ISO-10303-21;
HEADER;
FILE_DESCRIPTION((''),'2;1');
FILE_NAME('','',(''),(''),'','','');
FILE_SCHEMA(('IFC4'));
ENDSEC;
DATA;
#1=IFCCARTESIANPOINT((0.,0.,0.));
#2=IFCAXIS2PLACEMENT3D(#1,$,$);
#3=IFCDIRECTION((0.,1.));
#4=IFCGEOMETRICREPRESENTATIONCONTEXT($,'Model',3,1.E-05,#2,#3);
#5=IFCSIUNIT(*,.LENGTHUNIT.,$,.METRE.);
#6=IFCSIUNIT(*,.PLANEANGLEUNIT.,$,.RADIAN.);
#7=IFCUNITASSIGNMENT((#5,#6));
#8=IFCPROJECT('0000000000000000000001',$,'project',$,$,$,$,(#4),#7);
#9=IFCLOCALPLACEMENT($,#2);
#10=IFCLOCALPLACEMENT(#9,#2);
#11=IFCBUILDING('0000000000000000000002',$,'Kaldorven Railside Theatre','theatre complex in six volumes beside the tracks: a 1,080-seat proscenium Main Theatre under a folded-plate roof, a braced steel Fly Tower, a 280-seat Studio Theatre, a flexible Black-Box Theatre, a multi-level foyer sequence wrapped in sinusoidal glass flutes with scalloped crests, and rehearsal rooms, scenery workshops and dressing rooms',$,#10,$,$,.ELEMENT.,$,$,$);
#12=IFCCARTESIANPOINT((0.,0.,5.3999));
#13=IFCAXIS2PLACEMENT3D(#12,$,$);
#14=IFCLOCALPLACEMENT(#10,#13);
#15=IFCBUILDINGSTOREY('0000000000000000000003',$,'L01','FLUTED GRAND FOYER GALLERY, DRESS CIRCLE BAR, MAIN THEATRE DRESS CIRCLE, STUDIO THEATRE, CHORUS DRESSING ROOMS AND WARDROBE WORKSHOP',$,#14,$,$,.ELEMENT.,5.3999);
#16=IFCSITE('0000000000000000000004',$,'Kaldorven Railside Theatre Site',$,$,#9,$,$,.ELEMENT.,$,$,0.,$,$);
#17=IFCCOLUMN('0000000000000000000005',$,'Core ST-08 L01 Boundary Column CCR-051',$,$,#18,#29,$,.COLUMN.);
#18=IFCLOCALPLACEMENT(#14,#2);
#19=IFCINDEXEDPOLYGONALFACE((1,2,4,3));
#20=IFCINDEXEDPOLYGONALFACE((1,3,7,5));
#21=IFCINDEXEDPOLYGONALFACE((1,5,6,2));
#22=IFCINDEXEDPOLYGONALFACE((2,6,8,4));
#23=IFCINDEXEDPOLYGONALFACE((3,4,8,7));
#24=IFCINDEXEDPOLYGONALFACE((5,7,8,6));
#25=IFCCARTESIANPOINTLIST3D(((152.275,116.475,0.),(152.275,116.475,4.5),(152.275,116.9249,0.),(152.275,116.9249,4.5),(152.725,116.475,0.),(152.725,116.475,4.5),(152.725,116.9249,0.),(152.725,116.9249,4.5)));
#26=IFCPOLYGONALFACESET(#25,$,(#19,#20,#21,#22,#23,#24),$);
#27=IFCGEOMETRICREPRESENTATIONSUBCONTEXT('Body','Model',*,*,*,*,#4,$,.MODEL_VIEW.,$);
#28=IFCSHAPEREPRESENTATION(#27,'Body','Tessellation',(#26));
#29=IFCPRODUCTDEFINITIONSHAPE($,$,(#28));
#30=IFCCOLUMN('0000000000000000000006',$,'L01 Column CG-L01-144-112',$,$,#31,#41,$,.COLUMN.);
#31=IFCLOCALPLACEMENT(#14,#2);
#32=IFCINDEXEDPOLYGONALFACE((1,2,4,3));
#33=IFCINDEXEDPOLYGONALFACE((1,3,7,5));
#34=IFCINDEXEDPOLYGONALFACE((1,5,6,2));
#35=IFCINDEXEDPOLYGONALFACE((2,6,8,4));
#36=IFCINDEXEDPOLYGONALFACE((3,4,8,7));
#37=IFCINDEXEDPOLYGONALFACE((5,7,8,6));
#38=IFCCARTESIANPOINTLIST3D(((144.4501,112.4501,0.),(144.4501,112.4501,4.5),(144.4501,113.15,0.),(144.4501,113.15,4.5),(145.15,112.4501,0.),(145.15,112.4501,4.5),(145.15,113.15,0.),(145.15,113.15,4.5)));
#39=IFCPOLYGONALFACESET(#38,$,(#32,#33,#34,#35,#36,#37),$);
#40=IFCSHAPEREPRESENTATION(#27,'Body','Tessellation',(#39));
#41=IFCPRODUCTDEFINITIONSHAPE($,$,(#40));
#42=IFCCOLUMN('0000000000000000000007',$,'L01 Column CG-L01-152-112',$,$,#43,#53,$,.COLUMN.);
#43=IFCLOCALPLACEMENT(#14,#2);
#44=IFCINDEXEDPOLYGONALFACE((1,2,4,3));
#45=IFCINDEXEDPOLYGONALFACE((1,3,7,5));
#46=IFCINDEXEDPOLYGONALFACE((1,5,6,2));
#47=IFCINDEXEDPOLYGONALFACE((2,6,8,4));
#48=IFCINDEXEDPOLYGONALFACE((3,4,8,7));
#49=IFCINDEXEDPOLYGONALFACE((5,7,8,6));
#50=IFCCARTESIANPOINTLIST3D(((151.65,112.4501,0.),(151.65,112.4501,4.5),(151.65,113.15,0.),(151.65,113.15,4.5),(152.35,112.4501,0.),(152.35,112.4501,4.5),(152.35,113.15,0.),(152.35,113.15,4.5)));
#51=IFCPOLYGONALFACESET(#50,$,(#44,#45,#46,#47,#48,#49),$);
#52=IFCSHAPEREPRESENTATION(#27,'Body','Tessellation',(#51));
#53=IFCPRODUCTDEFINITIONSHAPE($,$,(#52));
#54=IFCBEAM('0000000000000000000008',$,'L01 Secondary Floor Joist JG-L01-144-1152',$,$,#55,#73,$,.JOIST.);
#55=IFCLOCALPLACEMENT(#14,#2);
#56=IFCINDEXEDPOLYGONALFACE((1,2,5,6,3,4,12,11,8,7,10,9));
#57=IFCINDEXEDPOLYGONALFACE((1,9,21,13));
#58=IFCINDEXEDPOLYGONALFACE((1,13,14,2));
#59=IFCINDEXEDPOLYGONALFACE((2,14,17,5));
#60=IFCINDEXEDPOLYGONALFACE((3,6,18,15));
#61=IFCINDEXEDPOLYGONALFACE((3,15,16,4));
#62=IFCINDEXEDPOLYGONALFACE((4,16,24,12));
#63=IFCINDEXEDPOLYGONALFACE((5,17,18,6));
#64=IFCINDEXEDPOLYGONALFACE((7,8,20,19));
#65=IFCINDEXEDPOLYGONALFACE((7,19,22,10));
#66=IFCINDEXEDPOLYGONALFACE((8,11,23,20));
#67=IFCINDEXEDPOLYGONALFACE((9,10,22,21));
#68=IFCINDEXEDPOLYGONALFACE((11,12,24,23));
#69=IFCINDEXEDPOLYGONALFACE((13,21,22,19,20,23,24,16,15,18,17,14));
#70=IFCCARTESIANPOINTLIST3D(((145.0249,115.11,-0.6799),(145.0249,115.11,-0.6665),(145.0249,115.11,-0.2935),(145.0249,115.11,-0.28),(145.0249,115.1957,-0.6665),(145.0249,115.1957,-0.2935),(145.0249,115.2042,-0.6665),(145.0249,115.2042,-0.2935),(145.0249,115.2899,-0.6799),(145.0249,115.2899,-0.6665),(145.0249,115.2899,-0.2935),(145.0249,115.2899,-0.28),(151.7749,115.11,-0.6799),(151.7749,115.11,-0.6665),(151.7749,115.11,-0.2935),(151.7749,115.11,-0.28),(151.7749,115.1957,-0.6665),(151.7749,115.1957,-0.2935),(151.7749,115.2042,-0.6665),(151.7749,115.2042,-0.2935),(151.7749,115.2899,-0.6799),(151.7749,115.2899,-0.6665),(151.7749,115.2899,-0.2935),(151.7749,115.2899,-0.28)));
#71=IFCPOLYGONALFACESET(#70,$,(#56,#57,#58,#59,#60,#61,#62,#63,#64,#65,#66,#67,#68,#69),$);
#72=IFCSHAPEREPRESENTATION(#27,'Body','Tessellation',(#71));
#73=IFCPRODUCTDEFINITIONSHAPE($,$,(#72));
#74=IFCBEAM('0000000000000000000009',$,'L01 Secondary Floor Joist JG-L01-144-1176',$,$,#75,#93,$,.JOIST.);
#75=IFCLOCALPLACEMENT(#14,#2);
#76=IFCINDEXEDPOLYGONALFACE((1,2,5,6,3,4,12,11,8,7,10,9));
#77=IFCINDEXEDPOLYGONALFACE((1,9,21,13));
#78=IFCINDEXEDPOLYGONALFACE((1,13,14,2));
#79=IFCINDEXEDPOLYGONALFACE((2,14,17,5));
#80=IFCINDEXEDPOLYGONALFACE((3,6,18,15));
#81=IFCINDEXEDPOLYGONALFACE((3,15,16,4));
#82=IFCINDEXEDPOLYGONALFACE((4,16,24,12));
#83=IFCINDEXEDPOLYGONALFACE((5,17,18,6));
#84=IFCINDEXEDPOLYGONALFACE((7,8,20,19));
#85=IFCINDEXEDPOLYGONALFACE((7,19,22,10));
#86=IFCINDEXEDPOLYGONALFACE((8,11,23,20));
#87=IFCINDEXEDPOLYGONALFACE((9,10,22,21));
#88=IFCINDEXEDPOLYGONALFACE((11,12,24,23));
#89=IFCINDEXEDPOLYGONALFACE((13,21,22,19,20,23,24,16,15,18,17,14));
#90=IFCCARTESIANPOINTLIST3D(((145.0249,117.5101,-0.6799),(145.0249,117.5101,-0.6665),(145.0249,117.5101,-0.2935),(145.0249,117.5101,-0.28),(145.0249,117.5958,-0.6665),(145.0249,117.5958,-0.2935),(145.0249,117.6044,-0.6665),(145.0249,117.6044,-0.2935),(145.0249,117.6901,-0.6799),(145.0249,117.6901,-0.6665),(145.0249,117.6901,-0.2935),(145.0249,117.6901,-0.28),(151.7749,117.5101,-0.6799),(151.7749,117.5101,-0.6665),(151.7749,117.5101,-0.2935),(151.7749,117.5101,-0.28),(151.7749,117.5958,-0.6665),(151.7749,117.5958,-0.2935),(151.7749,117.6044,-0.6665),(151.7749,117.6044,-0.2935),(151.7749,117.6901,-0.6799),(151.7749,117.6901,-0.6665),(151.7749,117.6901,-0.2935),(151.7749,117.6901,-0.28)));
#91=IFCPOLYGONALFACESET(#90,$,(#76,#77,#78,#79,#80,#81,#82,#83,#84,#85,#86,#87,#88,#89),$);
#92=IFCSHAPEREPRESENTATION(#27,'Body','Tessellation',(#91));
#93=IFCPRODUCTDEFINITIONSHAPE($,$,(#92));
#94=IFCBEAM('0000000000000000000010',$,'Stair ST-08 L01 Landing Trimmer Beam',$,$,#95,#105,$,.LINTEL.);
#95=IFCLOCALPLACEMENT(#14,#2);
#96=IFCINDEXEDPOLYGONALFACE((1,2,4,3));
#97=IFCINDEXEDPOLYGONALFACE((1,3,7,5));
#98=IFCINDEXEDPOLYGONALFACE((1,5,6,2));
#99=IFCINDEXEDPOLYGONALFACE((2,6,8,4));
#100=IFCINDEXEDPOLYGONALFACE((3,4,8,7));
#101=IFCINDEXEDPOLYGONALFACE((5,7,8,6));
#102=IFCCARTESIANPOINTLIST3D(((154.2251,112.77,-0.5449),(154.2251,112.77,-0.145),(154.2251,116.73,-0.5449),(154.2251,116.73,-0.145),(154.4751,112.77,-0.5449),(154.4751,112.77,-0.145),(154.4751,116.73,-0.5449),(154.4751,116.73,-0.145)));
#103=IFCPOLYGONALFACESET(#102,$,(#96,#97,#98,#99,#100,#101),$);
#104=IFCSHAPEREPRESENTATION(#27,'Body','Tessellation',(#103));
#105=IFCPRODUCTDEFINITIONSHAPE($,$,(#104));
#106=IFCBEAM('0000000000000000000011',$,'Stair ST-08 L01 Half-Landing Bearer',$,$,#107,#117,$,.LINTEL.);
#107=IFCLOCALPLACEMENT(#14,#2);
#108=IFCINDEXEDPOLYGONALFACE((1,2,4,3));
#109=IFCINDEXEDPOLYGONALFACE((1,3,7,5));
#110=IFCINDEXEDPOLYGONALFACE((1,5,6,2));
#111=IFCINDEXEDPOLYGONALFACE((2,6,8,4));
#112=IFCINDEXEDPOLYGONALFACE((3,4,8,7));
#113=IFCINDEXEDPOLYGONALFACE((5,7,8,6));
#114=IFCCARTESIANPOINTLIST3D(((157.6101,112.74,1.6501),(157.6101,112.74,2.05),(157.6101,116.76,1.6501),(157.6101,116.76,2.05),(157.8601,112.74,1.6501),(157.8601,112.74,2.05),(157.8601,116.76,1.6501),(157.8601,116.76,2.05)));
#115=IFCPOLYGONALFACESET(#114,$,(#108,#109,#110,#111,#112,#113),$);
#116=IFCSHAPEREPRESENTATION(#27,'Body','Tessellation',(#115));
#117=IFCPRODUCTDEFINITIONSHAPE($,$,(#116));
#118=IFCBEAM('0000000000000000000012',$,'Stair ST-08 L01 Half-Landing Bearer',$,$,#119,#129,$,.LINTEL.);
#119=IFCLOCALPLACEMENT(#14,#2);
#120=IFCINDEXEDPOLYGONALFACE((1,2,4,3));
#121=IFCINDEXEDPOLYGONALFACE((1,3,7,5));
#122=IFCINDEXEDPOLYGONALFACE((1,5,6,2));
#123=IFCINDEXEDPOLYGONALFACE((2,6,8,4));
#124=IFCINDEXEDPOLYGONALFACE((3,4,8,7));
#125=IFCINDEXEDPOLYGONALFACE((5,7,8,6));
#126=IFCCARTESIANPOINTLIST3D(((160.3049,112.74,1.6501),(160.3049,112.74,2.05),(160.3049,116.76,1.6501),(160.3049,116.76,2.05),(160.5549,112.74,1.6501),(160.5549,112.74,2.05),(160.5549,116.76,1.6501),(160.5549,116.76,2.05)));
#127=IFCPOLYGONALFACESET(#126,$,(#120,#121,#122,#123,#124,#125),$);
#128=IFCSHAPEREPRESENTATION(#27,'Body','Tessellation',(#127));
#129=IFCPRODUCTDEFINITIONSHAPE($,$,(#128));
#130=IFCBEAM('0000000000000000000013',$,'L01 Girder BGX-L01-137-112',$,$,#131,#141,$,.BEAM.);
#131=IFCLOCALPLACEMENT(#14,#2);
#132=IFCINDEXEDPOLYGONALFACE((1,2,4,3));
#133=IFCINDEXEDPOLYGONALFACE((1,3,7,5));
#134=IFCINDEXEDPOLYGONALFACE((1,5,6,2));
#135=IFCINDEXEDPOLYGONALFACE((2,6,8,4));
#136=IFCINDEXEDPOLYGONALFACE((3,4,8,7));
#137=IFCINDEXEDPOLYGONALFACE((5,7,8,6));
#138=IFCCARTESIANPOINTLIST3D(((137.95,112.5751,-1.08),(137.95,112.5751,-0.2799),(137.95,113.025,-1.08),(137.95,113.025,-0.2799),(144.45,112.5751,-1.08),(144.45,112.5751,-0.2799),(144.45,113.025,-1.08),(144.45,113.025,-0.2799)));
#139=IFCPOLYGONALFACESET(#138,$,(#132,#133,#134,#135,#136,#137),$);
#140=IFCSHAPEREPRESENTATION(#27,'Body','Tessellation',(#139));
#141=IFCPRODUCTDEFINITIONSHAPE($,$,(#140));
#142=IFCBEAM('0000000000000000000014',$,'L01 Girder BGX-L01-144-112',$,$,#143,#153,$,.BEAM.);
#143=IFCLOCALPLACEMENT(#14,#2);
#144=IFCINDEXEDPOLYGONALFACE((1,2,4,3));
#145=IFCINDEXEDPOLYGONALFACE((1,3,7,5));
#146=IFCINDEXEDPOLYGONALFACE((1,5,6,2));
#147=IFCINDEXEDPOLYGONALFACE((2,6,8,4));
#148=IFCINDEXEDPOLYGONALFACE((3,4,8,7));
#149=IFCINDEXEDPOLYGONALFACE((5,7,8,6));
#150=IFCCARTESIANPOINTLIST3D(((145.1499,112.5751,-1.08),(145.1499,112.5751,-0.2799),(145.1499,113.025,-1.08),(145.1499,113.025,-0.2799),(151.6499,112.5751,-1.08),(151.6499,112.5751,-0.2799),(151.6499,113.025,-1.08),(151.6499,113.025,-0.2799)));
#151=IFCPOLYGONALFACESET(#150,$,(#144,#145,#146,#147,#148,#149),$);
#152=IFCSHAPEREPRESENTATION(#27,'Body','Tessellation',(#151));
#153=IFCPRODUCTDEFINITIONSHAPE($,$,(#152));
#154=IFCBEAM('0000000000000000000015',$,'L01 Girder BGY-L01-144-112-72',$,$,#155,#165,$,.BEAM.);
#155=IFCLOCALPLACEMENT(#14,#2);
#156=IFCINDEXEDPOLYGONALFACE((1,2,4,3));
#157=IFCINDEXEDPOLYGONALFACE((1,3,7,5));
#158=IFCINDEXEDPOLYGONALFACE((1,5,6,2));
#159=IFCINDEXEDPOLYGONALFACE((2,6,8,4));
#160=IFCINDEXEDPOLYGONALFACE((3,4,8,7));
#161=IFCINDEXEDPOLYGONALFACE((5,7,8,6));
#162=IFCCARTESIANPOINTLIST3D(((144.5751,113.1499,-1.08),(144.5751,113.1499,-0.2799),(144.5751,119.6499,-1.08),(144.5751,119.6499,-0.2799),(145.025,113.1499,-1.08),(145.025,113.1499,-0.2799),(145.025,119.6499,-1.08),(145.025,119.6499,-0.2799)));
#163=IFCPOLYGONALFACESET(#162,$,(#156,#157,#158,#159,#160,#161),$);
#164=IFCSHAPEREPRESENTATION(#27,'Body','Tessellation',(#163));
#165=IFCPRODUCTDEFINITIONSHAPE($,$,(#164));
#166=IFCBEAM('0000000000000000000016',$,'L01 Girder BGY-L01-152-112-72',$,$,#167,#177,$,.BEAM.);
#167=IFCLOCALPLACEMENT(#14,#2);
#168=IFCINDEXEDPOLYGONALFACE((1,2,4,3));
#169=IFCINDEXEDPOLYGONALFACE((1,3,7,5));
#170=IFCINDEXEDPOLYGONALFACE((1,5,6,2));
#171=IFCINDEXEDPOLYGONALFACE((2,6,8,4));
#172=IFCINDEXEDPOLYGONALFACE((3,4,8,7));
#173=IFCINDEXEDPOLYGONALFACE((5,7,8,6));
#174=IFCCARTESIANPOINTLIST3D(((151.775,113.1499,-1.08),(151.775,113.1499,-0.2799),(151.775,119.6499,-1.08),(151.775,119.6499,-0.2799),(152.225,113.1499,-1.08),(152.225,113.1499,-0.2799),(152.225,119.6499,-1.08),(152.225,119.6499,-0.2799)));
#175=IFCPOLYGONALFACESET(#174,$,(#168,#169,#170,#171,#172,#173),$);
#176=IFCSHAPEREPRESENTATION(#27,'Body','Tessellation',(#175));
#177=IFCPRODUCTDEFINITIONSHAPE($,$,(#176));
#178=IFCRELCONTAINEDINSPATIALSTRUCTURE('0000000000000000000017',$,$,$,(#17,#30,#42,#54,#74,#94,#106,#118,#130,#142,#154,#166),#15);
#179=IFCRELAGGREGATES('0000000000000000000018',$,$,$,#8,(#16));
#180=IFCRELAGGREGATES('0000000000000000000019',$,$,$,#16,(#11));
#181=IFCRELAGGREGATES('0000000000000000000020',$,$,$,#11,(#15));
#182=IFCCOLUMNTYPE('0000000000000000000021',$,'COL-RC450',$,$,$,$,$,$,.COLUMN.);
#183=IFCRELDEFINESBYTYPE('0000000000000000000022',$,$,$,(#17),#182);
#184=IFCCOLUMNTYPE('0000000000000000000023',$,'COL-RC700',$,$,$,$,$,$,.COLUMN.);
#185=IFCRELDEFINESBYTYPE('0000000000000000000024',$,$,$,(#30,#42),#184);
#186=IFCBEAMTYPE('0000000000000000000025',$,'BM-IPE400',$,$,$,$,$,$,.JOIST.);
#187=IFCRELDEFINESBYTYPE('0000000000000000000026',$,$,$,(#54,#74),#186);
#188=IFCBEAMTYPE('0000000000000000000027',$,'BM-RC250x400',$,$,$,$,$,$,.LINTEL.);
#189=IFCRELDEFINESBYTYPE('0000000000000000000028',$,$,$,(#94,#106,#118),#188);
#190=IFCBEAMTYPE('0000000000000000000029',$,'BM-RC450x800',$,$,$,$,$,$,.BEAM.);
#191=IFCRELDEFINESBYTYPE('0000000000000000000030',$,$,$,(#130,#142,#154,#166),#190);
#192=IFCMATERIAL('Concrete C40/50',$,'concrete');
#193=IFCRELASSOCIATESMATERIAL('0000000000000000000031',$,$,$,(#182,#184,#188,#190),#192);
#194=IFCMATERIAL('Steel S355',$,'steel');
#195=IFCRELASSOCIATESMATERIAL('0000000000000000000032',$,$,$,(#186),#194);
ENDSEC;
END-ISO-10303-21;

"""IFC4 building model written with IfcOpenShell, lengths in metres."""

from ifc_helpers import new_model, si_unit, direction, frame, origin, origin_2d, place, context, subcontext, project, spatial, rectangle, i_section, extrude, material, material_profile, profile_set, type_object, element, save


model = new_model("IFC4")

# Units and contexts
model_context = context("Model", 3, precision=1e-05, world=origin(), true_north=direction((0.0, 1.0)))
body_context = subcontext(model_context, "Body", "Model", "MODEL_VIEW")
ifc_project = project(units=[si_unit("LENGTHUNIT", "METRE"), si_unit("PLANEANGLEUNIT", "RADIAN")], contexts=[model_context])

# Site, building, storey
site_placement = place(None, origin())
site = spatial("IfcSite", under=ifc_project, at=site_placement, Name="Kaldorven Railside Theatre Site", CompositionType="ELEMENT", RefElevation=0.0)
building_placement = place(site_placement, origin())
building = spatial("IfcBuilding", under=site, at=building_placement, Name="Kaldorven Railside Theatre", Description="theatre complex in six volumes beside the tracks: a 1,080-seat proscenium Main Theatre under a folded-plate roof, a braced steel Fly Tower, a 280-seat Studio Theatre, a flexible Black-Box Theatre, a multi-level foyer sequence wrapped in sinusoidal glass flutes with scalloped crests, and rehearsal rooms, scenery workshops and dressing rooms", CompositionType="ELEMENT")
storey_placement = place(building_placement, frame((0.0, 0.0, 5.3999)))
storey = spatial("IfcBuildingStorey", under=building, at=storey_placement, Name="L01", Description="FLUTED GRAND FOYER GALLERY, DRESS CIRCLE BAR, MAIN THEATRE DRESS CIRCLE, STUDIO THEATRE, CHORUS DRESSING ROOMS AND WARDROBE WORKSHOP", CompositionType="ELEMENT", Elevation=5.3999)

# Columns
ifc_material_1 = material(Name="Concrete C40/50", Category="concrete")
ifc_material_profile_1 = material_profile(ifc_material_1, rectangle(XDim=0.45, YDim=0.45, at=origin_2d()), Name="RC 450x450")
ifc_profile_set_1 = profile_set([ifc_material_profile_1], Name="Concrete C40/50")
column_type_1 = type_object("IfcColumnType", Name="COL-RC450", PredefinedType="COLUMN", material=ifc_profile_set_1)
column_placement = place(storey_placement, frame((152.5, 116.7, 0.0), z_axis=(0.0, 0.0, 1.0), x_axis=(1.0, 0.0, 0.0)))
element("IfcColumn", 1, at=column_placement, inside=storey, type_object=column_type_1, Name="Core ST-08 L01 Boundary Column CCR-051", PredefinedType="COLUMN", context=body_context, shape_type="SweptSolid", body=[
    extrude(rectangle(XDim=0.45, YDim=0.45, at=origin_2d()), origin(), (0.0, 0.0, 1.0), 4.5),
])
ifc_material_profile_2 = material_profile(ifc_material_1, rectangle(XDim=0.7, YDim=0.7, at=origin_2d()), Name="RC 700x700")
ifc_profile_set_2 = profile_set([ifc_material_profile_2], Name="Concrete C40/50")
column_type_2 = type_object("IfcColumnType", Name="COL-RC700", PredefinedType="COLUMN", material=ifc_profile_set_2)
for number, where, z_axis, x_axis, name in (
    (2, (144.8, 112.8, 0.0), (0.0, 0.0, 1.0), (0.0, 1.0, 0.0), "L01 Column CG-L01-144-112"),
    (3, (152.0, 112.8, 0.0), (0.0, 0.0, 1.0), (1.0, 0.0, 0.0), "L01 Column CG-L01-152-112"),
):
    element("IfcColumn", number, at=place(storey_placement, frame(where, z_axis=z_axis, x_axis=x_axis)), inside=storey, type_object=column_type_2, Name=name, PredefinedType="COLUMN", context=body_context, shape_type="SweptSolid", body=[
        extrude(rectangle(XDim=0.7, YDim=0.7, at=origin_2d()), origin(), (0.0, 0.0, 1.0), 4.5),
    ])

# Beams
ifc_material_2 = material(Name="Steel S355", Category="steel")
ifc_material_profile_3 = material_profile(ifc_material_2, i_section(OverallWidth=0.1799, OverallDepth=0.3999, WebThickness=0.0085, FlangeThickness=0.0134, at=origin_2d()), Name="IPE 400")
ifc_profile_set_3 = profile_set([ifc_material_profile_3], Name="Steel S355")
beam_type_1 = type_object("IfcBeamType", Name="BM-IPE400", PredefinedType="JOIST", material=ifc_profile_set_3)
for number, where, z_axis, x_axis, name in (
    (4, (145.0249, 115.2, -0.48), (1.0, 0.0, 0.0), (0.0, 1.0, 0.0), "L01 Secondary Floor Joist JG-L01-144-1152"),
    (5, (145.0249, 117.6001, -0.48), (1.0, 0.0, 0.0), (0.0, 1.0, 0.0), "L01 Secondary Floor Joist JG-L01-144-1176"),
):
    element("IfcBeam", number, at=place(storey_placement, frame(where, z_axis=z_axis, x_axis=x_axis)), inside=storey, type_object=beam_type_1, Name=name, PredefinedType="JOIST", context=body_context, shape_type="SweptSolid", body=[
        extrude(i_section(OverallWidth=0.1799, OverallDepth=0.3999, WebThickness=0.0085, FlangeThickness=0.0134, at=origin_2d()), origin(), (0.0, 0.0, 1.0), 6.75),
    ])
ifc_material_profile_4 = material_profile(ifc_material_1, rectangle(XDim=0.25, YDim=0.3999, at=origin_2d()), Name="RC 250x400")
ifc_profile_set_4 = profile_set([ifc_material_profile_4], Name="Concrete C40/50")
beam_type_2 = type_object("IfcBeamType", Name="BM-RC250x400", PredefinedType="LINTEL", material=ifc_profile_set_4)
beam_placement = place(storey_placement, frame((154.3501, 112.77, -0.345), z_axis=(0.0, 1.0, 0.0), x_axis=(-1.0, 0.0, 0.0)))
element("IfcBeam", 6, at=beam_placement, inside=storey, type_object=beam_type_2, Name="Stair ST-08 L01 Landing Trimmer Beam", PredefinedType="LINTEL", context=body_context, shape_type="SweptSolid", body=[
    extrude(rectangle(XDim=0.25, YDim=0.3999, at=origin_2d()), origin(), (0.0, 0.0, 1.0), 3.96),
])
for number, where, z_axis, x_axis, name in (
    (7, (157.7351, 112.74, 1.8501), (0.0, 1.0, 0.0), (-1.0, 0.0, 0.0), "Stair ST-08 L01 Half-Landing Bearer"),
    (8, (160.4299, 112.74, 1.8501), (0.0, 1.0, 0.0), (-1.0, 0.0, 0.0), "Stair ST-08 L01 Half-Landing Bearer"),
):
    element("IfcBeam", number, at=place(storey_placement, frame(where, z_axis=z_axis, x_axis=x_axis)), inside=storey, type_object=beam_type_2, Name=name, PredefinedType="LINTEL", context=body_context, shape_type="SweptSolid", body=[
        extrude(rectangle(XDim=0.25, YDim=0.3999, at=origin_2d()), origin(), (0.0, 0.0, 1.0), 4.02),
    ])
ifc_material_profile_5 = material_profile(ifc_material_1, rectangle(XDim=0.45, YDim=0.8, at=origin_2d()), Name="RC 450x800")
ifc_profile_set_5 = profile_set([ifc_material_profile_5], Name="Concrete C40/50")
beam_type_3 = type_object("IfcBeamType", Name="BM-RC450x800", PredefinedType="BEAM", material=ifc_profile_set_5)
for number, where, z_axis, x_axis, name in (
    (9, (137.95, 112.8, -0.6799), (1.0, 0.0, 0.0), (0.0, 1.0, 0.0), "L01 Girder BGX-L01-137-112"),
    (10, (145.1499, 112.8, -0.6799), (1.0, 0.0, 0.0), (0.0, 1.0, 0.0), "L01 Girder BGX-L01-144-112"),
    (11, (144.8, 113.1499, -0.6799), (0.0, 1.0, 0.0), (-1.0, 0.0, 0.0), "L01 Girder BGY-L01-144-112-72"),
    (12, (152.0, 113.1499, -0.6799), (0.0, 1.0, 0.0), (-1.0, 0.0, 0.0), "L01 Girder BGY-L01-152-112-72"),
):
    element("IfcBeam", number, at=place(storey_placement, frame(where, z_axis=z_axis, x_axis=x_axis)), inside=storey, type_object=beam_type_3, Name=name, PredefinedType="BEAM", context=body_context, shape_type="SweptSolid", body=[
        extrude(rectangle(XDim=0.45, YDim=0.8, at=origin_2d()), origin(), (0.0, 0.0, 1.0), 6.5),
    ])

save(model, "model.ifc")
